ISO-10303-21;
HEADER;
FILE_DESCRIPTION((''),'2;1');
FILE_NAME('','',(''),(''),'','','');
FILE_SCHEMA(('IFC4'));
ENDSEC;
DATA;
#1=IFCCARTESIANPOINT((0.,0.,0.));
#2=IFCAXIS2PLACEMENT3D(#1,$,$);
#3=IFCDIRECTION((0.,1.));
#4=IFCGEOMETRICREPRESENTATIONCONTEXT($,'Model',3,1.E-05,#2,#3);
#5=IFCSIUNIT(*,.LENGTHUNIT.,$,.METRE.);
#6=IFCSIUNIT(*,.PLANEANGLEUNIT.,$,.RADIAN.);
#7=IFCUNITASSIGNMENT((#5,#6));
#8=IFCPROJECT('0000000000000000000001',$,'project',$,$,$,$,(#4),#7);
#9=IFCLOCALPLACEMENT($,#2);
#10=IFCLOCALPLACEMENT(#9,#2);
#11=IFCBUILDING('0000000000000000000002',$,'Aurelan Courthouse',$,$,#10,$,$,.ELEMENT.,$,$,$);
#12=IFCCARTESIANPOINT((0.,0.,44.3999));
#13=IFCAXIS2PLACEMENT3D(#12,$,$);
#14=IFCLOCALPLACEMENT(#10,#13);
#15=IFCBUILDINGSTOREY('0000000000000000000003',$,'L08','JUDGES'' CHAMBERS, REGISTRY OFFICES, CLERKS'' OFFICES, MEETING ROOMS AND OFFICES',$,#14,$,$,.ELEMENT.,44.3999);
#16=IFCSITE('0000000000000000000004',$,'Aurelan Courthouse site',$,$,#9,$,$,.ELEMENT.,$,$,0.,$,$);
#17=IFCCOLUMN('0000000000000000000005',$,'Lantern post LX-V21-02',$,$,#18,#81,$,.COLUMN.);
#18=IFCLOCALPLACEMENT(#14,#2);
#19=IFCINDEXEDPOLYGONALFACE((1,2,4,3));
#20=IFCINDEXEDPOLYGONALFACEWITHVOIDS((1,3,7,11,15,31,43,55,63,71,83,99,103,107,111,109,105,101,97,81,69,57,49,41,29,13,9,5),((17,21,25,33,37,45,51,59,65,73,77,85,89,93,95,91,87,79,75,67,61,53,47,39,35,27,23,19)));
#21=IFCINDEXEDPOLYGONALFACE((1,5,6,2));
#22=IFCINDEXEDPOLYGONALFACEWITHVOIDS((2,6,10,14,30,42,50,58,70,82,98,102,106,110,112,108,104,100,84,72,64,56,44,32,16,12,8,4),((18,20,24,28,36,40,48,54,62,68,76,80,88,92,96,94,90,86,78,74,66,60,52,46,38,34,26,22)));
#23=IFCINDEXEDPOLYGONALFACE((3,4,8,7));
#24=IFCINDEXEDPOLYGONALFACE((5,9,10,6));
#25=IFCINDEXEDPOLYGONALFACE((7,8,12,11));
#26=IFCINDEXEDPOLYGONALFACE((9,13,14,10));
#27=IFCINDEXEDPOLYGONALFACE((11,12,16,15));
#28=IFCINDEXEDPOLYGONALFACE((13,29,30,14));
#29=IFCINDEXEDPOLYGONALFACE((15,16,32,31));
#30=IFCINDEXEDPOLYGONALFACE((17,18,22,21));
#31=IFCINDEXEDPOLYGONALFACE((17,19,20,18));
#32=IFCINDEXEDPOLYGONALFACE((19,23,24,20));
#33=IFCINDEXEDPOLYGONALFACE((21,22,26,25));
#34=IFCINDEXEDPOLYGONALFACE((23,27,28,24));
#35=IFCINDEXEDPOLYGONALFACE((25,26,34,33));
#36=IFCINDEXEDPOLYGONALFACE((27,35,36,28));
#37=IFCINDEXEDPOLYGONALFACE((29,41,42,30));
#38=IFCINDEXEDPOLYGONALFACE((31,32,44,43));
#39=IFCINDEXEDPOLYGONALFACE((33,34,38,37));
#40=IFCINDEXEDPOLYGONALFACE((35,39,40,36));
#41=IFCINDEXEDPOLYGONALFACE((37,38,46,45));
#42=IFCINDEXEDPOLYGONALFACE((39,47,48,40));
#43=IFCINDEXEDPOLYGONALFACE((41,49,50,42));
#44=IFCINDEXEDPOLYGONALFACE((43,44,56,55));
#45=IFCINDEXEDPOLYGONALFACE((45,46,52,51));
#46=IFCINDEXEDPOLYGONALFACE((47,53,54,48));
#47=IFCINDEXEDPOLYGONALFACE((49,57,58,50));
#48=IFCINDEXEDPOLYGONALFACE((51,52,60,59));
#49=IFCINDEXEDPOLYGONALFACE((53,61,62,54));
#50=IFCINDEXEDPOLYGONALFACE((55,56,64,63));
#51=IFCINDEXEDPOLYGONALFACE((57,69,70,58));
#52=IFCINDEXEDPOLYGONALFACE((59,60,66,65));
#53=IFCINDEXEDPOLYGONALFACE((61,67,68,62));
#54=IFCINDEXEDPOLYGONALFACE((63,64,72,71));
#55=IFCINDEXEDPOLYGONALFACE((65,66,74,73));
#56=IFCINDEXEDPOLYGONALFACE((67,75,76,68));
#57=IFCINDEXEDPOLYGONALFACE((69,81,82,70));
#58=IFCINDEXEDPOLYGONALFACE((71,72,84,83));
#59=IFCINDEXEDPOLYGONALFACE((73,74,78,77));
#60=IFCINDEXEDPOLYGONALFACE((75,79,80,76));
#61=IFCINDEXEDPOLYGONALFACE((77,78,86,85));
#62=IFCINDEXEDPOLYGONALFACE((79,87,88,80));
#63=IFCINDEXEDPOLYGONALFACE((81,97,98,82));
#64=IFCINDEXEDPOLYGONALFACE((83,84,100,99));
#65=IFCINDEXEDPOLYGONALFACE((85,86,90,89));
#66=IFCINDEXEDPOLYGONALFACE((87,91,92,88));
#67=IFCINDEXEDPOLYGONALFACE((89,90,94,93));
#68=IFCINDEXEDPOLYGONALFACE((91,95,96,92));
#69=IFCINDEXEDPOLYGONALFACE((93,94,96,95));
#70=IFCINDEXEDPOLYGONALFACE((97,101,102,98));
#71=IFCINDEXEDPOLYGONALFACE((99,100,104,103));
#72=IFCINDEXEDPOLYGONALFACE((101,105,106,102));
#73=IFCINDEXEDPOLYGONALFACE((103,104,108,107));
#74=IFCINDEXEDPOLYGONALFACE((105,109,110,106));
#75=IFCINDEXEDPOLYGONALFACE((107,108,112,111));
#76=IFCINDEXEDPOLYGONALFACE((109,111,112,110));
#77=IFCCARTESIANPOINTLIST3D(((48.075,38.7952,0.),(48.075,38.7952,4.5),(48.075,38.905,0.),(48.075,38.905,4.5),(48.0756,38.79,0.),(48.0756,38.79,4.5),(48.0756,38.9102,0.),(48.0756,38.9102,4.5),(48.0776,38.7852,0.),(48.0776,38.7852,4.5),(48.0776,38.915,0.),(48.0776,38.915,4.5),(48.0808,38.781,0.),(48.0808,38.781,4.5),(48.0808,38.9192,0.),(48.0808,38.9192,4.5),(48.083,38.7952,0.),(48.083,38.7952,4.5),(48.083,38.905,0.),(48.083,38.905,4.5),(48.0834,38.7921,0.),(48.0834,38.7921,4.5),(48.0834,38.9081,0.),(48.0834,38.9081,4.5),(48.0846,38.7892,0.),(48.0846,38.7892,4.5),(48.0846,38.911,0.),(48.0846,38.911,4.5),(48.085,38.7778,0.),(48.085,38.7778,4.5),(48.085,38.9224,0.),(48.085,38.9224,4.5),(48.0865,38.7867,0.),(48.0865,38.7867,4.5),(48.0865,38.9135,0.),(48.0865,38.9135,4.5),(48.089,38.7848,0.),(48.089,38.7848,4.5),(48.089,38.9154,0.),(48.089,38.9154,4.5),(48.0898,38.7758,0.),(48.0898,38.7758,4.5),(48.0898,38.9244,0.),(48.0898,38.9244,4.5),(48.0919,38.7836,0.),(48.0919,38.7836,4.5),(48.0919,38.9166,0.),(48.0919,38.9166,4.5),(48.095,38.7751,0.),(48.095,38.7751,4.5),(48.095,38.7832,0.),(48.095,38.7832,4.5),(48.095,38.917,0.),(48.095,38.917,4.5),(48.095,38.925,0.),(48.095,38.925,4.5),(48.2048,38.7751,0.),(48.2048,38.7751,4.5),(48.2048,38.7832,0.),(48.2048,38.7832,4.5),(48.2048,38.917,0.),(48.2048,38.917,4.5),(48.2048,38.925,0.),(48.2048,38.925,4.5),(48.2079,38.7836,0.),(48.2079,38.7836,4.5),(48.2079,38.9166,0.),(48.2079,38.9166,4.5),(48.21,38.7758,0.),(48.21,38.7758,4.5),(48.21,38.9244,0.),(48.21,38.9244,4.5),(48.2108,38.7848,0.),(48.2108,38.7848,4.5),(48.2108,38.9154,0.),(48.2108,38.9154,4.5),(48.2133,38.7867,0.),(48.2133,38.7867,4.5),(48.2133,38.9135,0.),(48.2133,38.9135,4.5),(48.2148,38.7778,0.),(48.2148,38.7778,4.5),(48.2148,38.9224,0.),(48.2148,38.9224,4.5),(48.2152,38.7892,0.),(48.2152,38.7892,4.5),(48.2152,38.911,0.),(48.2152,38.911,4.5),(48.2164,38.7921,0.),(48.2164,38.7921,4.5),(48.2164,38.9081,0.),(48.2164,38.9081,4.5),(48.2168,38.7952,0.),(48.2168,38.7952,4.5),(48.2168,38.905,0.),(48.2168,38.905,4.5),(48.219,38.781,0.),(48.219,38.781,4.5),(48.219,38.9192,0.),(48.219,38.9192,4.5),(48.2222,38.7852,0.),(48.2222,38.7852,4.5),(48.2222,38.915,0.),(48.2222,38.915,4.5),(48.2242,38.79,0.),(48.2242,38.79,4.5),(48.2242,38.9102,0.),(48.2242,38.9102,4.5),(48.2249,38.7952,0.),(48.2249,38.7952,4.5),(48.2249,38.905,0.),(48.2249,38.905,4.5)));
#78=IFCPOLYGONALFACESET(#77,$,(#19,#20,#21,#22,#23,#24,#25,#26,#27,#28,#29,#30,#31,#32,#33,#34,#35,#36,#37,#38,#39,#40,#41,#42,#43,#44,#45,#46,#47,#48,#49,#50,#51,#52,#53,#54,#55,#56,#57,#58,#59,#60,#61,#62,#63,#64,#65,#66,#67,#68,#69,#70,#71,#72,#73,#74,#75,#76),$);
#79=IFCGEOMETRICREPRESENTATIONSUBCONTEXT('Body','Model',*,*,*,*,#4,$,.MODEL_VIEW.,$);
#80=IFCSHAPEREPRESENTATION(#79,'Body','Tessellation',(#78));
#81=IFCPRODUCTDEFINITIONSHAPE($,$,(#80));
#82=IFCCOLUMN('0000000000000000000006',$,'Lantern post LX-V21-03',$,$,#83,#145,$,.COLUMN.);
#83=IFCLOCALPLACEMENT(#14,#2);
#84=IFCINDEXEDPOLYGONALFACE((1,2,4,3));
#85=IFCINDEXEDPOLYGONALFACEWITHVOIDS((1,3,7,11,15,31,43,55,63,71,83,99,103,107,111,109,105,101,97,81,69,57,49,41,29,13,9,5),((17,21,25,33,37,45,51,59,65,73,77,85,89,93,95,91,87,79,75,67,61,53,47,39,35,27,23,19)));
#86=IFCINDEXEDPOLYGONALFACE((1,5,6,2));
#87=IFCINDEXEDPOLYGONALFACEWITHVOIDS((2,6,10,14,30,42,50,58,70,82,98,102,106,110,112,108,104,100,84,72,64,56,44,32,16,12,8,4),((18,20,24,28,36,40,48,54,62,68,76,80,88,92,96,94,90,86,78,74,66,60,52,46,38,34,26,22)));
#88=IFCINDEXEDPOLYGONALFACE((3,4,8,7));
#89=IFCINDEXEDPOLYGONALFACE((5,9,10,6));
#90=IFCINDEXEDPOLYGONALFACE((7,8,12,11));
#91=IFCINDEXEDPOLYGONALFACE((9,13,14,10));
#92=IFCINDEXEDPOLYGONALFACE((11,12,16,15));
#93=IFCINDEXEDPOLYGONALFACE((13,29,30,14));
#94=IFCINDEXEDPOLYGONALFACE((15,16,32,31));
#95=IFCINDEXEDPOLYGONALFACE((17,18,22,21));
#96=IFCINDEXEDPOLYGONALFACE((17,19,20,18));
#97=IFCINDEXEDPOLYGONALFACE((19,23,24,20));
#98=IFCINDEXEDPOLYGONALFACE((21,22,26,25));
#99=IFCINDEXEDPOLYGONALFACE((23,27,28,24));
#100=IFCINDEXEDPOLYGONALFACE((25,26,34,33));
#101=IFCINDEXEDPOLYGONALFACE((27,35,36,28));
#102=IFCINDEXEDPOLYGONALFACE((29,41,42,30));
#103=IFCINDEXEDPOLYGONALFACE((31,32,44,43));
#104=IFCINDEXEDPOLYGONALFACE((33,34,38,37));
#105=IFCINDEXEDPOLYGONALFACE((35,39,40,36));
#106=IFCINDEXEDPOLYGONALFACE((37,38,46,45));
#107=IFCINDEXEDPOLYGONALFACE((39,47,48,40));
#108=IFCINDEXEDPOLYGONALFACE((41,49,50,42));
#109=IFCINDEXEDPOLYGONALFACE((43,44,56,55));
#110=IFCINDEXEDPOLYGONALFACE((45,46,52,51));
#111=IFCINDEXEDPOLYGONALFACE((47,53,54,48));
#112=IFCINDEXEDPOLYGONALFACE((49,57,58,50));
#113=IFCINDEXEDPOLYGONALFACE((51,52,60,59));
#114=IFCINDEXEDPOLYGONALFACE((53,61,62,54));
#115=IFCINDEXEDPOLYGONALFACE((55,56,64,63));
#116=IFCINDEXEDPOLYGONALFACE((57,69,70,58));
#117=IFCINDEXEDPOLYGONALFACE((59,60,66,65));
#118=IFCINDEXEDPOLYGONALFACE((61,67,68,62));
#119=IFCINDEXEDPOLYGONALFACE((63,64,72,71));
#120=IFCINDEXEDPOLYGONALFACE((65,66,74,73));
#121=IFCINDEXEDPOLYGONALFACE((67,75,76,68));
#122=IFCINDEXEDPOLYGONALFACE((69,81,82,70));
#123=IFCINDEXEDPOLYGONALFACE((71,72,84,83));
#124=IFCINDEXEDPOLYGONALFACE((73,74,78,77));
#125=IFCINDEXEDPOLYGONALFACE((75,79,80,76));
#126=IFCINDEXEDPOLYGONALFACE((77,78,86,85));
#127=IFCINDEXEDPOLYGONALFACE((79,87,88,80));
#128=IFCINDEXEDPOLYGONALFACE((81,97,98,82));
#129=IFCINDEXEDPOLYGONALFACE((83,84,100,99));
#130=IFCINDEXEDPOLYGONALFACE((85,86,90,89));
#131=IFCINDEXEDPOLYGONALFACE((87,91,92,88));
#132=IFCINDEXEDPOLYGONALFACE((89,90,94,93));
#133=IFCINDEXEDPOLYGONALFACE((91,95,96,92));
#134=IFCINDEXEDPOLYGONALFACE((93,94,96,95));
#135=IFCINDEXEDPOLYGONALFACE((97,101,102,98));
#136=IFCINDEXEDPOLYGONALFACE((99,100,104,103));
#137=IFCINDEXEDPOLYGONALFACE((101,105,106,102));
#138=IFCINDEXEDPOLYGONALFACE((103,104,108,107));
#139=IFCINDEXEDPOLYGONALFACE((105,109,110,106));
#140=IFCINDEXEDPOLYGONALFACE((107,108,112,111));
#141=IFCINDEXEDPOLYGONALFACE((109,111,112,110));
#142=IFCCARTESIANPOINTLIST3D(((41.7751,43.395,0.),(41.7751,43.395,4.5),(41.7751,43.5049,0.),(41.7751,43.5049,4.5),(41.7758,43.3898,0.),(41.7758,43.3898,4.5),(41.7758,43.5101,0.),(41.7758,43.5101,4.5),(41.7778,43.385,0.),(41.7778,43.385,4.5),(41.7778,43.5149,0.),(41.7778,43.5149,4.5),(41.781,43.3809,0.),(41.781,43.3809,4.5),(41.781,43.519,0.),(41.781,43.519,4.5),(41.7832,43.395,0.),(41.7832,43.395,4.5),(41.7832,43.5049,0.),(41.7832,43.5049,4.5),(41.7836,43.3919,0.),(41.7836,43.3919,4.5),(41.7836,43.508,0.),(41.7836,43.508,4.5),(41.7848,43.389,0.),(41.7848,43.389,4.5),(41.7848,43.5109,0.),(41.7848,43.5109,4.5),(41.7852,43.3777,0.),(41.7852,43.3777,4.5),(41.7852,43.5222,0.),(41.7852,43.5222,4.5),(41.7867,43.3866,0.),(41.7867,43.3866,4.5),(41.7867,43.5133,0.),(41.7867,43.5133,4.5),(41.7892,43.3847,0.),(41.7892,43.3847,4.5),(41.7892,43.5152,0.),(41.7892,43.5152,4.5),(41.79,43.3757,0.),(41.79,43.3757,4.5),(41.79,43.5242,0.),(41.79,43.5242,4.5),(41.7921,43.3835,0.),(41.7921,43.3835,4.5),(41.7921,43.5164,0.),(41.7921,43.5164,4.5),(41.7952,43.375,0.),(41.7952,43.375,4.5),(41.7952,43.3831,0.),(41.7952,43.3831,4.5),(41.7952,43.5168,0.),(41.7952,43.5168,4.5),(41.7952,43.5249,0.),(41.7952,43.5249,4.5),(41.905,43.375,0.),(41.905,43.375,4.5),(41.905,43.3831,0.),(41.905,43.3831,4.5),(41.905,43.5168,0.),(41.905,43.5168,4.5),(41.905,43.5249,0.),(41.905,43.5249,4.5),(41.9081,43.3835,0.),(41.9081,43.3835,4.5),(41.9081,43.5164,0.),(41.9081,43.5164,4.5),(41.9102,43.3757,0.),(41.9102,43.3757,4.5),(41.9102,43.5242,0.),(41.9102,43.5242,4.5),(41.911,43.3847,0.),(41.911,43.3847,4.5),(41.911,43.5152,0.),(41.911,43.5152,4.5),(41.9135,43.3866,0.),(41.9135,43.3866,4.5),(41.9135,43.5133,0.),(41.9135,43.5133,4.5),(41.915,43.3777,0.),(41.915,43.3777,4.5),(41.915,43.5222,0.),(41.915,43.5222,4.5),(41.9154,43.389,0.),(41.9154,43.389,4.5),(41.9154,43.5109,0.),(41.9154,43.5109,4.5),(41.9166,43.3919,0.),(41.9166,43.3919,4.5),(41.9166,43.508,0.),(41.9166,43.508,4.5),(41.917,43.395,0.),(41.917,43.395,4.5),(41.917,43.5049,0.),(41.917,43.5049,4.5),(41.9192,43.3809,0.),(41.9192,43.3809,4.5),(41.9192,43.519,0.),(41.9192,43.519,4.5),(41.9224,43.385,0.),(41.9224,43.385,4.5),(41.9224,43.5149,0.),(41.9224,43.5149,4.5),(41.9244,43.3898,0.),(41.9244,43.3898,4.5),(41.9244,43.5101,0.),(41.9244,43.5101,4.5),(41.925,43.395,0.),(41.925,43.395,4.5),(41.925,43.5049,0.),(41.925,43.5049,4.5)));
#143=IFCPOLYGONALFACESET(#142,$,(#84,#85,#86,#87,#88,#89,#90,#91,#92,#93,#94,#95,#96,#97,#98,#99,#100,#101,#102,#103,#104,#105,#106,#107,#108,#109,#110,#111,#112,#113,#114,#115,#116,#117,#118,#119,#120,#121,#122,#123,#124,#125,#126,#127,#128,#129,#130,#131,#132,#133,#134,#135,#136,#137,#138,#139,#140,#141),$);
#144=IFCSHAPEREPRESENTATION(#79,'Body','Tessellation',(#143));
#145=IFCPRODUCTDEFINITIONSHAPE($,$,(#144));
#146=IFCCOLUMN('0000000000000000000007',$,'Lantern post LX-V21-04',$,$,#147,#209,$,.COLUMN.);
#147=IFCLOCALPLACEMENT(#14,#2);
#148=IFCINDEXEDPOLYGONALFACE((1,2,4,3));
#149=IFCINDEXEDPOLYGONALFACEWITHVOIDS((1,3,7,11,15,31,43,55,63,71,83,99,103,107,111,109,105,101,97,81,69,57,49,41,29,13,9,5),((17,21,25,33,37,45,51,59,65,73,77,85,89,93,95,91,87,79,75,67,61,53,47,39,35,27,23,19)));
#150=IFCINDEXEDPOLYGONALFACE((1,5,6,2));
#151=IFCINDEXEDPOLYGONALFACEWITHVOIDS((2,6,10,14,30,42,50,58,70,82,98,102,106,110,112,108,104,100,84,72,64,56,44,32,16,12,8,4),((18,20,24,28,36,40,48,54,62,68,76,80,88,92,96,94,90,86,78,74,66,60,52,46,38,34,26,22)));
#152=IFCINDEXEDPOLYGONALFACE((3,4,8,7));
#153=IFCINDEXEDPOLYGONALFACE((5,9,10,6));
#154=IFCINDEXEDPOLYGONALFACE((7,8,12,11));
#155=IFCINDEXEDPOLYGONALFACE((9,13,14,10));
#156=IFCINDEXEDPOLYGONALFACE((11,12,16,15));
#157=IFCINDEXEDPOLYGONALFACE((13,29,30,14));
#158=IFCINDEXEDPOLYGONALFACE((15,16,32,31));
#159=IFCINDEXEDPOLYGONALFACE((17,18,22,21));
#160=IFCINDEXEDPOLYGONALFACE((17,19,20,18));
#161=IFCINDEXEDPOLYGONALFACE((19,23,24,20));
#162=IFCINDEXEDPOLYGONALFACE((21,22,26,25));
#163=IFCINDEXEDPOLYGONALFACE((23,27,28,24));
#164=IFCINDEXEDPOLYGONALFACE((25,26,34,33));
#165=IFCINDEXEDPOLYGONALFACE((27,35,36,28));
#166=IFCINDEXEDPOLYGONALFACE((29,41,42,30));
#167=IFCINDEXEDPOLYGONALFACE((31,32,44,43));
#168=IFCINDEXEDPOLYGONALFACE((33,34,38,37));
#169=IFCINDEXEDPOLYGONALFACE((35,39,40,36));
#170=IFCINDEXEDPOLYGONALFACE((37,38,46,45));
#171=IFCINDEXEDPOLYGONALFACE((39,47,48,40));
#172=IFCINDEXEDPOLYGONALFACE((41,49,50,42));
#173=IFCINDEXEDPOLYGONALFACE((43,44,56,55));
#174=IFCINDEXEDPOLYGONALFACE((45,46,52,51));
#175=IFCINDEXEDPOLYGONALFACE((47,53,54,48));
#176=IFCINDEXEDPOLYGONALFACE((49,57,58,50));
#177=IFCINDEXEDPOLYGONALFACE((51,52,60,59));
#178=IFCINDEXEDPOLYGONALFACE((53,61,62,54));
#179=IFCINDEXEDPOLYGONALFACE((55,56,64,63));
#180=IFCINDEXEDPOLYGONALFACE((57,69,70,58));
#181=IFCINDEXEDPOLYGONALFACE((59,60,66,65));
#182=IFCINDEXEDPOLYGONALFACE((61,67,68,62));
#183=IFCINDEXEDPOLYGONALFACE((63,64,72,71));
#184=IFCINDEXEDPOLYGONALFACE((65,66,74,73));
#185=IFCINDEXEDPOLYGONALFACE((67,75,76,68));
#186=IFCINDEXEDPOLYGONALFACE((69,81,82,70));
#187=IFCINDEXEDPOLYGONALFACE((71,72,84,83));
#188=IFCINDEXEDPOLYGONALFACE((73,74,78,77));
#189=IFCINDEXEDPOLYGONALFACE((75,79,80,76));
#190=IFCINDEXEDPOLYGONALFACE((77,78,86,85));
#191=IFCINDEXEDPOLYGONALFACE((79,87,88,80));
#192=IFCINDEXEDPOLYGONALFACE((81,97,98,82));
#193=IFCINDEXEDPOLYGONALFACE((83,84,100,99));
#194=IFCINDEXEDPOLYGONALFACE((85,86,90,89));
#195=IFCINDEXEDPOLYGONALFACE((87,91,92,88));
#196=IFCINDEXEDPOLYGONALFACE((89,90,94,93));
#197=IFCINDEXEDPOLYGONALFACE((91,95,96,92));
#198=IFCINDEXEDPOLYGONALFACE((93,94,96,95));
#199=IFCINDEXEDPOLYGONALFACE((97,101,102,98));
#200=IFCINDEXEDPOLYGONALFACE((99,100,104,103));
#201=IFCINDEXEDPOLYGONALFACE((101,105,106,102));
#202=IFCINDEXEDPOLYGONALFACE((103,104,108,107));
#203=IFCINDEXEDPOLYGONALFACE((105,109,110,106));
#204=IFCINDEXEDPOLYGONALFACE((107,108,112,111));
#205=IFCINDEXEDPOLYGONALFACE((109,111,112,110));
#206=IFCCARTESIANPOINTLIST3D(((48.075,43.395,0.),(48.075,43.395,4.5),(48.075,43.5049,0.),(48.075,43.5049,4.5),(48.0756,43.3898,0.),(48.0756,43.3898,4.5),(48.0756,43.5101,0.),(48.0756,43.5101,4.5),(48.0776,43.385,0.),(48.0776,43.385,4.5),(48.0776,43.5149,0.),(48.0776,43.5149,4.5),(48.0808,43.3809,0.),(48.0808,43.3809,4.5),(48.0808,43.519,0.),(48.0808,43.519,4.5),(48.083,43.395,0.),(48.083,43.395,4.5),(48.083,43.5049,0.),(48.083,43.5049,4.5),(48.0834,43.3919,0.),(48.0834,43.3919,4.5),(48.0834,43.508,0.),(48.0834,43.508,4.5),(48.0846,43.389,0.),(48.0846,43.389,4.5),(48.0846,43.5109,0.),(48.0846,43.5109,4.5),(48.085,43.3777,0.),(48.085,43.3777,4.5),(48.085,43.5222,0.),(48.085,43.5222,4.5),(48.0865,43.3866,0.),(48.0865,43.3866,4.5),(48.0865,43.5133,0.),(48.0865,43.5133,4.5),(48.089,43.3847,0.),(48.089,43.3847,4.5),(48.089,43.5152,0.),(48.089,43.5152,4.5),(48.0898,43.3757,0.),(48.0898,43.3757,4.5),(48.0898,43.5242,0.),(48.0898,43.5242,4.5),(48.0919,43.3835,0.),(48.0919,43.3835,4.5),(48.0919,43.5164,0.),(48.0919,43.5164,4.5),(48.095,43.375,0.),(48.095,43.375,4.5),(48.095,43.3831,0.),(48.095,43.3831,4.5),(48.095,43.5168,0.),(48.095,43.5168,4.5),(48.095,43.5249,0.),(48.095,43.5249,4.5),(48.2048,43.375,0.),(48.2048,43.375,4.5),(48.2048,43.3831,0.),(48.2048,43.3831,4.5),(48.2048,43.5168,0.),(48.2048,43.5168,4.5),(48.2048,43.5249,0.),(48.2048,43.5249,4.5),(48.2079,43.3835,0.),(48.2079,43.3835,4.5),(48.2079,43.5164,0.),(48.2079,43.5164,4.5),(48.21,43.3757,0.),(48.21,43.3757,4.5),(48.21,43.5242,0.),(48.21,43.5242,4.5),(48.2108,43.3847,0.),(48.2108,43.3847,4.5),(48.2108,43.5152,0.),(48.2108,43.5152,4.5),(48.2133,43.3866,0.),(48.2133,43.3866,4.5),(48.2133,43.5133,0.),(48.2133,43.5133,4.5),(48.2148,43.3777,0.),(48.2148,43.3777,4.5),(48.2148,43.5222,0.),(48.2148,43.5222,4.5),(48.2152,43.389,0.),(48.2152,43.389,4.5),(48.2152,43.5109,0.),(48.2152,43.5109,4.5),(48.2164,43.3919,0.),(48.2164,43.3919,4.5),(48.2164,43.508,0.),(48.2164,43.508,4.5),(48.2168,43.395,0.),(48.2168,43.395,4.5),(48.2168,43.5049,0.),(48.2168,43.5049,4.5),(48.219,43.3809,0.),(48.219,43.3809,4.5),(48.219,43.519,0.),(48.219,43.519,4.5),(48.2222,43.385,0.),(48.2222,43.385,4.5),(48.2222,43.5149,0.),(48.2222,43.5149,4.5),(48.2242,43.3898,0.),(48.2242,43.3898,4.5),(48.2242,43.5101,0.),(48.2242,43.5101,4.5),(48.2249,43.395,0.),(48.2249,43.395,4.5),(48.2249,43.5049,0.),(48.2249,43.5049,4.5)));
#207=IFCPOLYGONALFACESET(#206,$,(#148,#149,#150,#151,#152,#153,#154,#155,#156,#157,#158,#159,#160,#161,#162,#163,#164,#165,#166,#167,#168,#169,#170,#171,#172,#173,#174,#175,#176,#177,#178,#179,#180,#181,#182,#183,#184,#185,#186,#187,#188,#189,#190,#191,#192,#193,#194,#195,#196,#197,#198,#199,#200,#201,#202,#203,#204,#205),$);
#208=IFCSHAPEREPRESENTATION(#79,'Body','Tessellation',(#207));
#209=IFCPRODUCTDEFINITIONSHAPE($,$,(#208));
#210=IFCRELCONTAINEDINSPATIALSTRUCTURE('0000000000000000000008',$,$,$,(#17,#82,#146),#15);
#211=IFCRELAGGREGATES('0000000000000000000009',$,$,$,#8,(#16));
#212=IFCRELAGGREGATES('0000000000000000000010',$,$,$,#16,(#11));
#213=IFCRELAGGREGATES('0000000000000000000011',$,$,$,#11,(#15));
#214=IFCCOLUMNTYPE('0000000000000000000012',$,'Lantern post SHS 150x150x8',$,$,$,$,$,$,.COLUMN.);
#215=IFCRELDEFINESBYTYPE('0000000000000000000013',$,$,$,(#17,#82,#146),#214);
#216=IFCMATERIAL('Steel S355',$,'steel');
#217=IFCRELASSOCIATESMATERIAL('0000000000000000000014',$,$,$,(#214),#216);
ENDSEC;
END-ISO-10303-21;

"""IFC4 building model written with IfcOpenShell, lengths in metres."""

from ifc_helpers import new_model, si_unit, direction, frame, origin, origin_2d, place, context, subcontext, project, spatial, hollow_rectangle, extrude, material, material_profile, profile_set, type_object, element, save


model = new_model("IFC4")

# Units and contexts
model_context = context("Model", 3, precision=1e-05, world=origin(), true_north=direction((0.0, 1.0)))
body_context = subcontext(model_context, "Body", "Model", "MODEL_VIEW")
ifc_project = project(units=[si_unit("LENGTHUNIT", "METRE"), si_unit("PLANEANGLEUNIT", "RADIAN")], contexts=[model_context])

# Site, building, storey
site_placement = place(None, origin())
site = spatial("IfcSite", under=ifc_project, at=site_placement, Name="Aurelan Courthouse site", CompositionType="ELEMENT", RefElevation=0.0)
building_placement = place(site_placement, origin())
building = spatial("IfcBuilding", under=site, at=building_placement, Name="Aurelan Courthouse", CompositionType="ELEMENT")
storey_placement = place(building_placement, frame((0.0, 0.0, 44.3999)))
storey = spatial("IfcBuildingStorey", under=building, at=storey_placement, Name="L08", Description="JUDGES' CHAMBERS, REGISTRY OFFICES, CLERKS' OFFICES, MEETING ROOMS AND OFFICES", CompositionType="ELEMENT", Elevation=44.3999)

# Columns
ifc_material_1 = material(Name="Steel S355", Category="steel")
ifc_material_profile_1 = material_profile(ifc_material_1, hollow_rectangle(XDim=0.1499, YDim=0.1499, WallThickness=0.0081, InnerFilletRadius=0.012, OuterFilletRadius=0.02, at=origin_2d()), Name="SHS 150x150x8")
ifc_profile_set_1 = profile_set([ifc_material_profile_1], Name="Steel S355")
column_type = type_object("IfcColumnType", Name="Lantern post SHS 150x150x8", PredefinedType="COLUMN", material=ifc_profile_set_1)
for number, where, z_axis, x_axis, name in (
    (1, (48.1499, 38.8501, 0.0), (0.0, 0.0, 1.0), (1.0, 0.0, 0.0), "Lantern post LX-V21-02"),
    (2, (41.8501, 43.45, 0.0), (0.0, 0.0, 1.0), (1.0, 0.0, 0.0), "Lantern post LX-V21-03"),
    (3, (48.1499, 43.45, 0.0), (0.0, 0.0, 1.0), (1.0, 0.0, 0.0), "Lantern post LX-V21-04"),
):
    element("IfcColumn", number, at=place(storey_placement, frame(where, z_axis=z_axis, x_axis=x_axis)), inside=storey, type_object=column_type, Name=name, PredefinedType="COLUMN", context=body_context, shape_type="SweptSolid", body=[
        extrude(hollow_rectangle(XDim=0.1499, YDim=0.1499, WallThickness=0.0081, InnerFilletRadius=0.012, OuterFilletRadius=0.02, at=origin_2d()), origin(), (0.0, 0.0, 1.0), 4.5),
    ])

save(model, "model.ifc")
